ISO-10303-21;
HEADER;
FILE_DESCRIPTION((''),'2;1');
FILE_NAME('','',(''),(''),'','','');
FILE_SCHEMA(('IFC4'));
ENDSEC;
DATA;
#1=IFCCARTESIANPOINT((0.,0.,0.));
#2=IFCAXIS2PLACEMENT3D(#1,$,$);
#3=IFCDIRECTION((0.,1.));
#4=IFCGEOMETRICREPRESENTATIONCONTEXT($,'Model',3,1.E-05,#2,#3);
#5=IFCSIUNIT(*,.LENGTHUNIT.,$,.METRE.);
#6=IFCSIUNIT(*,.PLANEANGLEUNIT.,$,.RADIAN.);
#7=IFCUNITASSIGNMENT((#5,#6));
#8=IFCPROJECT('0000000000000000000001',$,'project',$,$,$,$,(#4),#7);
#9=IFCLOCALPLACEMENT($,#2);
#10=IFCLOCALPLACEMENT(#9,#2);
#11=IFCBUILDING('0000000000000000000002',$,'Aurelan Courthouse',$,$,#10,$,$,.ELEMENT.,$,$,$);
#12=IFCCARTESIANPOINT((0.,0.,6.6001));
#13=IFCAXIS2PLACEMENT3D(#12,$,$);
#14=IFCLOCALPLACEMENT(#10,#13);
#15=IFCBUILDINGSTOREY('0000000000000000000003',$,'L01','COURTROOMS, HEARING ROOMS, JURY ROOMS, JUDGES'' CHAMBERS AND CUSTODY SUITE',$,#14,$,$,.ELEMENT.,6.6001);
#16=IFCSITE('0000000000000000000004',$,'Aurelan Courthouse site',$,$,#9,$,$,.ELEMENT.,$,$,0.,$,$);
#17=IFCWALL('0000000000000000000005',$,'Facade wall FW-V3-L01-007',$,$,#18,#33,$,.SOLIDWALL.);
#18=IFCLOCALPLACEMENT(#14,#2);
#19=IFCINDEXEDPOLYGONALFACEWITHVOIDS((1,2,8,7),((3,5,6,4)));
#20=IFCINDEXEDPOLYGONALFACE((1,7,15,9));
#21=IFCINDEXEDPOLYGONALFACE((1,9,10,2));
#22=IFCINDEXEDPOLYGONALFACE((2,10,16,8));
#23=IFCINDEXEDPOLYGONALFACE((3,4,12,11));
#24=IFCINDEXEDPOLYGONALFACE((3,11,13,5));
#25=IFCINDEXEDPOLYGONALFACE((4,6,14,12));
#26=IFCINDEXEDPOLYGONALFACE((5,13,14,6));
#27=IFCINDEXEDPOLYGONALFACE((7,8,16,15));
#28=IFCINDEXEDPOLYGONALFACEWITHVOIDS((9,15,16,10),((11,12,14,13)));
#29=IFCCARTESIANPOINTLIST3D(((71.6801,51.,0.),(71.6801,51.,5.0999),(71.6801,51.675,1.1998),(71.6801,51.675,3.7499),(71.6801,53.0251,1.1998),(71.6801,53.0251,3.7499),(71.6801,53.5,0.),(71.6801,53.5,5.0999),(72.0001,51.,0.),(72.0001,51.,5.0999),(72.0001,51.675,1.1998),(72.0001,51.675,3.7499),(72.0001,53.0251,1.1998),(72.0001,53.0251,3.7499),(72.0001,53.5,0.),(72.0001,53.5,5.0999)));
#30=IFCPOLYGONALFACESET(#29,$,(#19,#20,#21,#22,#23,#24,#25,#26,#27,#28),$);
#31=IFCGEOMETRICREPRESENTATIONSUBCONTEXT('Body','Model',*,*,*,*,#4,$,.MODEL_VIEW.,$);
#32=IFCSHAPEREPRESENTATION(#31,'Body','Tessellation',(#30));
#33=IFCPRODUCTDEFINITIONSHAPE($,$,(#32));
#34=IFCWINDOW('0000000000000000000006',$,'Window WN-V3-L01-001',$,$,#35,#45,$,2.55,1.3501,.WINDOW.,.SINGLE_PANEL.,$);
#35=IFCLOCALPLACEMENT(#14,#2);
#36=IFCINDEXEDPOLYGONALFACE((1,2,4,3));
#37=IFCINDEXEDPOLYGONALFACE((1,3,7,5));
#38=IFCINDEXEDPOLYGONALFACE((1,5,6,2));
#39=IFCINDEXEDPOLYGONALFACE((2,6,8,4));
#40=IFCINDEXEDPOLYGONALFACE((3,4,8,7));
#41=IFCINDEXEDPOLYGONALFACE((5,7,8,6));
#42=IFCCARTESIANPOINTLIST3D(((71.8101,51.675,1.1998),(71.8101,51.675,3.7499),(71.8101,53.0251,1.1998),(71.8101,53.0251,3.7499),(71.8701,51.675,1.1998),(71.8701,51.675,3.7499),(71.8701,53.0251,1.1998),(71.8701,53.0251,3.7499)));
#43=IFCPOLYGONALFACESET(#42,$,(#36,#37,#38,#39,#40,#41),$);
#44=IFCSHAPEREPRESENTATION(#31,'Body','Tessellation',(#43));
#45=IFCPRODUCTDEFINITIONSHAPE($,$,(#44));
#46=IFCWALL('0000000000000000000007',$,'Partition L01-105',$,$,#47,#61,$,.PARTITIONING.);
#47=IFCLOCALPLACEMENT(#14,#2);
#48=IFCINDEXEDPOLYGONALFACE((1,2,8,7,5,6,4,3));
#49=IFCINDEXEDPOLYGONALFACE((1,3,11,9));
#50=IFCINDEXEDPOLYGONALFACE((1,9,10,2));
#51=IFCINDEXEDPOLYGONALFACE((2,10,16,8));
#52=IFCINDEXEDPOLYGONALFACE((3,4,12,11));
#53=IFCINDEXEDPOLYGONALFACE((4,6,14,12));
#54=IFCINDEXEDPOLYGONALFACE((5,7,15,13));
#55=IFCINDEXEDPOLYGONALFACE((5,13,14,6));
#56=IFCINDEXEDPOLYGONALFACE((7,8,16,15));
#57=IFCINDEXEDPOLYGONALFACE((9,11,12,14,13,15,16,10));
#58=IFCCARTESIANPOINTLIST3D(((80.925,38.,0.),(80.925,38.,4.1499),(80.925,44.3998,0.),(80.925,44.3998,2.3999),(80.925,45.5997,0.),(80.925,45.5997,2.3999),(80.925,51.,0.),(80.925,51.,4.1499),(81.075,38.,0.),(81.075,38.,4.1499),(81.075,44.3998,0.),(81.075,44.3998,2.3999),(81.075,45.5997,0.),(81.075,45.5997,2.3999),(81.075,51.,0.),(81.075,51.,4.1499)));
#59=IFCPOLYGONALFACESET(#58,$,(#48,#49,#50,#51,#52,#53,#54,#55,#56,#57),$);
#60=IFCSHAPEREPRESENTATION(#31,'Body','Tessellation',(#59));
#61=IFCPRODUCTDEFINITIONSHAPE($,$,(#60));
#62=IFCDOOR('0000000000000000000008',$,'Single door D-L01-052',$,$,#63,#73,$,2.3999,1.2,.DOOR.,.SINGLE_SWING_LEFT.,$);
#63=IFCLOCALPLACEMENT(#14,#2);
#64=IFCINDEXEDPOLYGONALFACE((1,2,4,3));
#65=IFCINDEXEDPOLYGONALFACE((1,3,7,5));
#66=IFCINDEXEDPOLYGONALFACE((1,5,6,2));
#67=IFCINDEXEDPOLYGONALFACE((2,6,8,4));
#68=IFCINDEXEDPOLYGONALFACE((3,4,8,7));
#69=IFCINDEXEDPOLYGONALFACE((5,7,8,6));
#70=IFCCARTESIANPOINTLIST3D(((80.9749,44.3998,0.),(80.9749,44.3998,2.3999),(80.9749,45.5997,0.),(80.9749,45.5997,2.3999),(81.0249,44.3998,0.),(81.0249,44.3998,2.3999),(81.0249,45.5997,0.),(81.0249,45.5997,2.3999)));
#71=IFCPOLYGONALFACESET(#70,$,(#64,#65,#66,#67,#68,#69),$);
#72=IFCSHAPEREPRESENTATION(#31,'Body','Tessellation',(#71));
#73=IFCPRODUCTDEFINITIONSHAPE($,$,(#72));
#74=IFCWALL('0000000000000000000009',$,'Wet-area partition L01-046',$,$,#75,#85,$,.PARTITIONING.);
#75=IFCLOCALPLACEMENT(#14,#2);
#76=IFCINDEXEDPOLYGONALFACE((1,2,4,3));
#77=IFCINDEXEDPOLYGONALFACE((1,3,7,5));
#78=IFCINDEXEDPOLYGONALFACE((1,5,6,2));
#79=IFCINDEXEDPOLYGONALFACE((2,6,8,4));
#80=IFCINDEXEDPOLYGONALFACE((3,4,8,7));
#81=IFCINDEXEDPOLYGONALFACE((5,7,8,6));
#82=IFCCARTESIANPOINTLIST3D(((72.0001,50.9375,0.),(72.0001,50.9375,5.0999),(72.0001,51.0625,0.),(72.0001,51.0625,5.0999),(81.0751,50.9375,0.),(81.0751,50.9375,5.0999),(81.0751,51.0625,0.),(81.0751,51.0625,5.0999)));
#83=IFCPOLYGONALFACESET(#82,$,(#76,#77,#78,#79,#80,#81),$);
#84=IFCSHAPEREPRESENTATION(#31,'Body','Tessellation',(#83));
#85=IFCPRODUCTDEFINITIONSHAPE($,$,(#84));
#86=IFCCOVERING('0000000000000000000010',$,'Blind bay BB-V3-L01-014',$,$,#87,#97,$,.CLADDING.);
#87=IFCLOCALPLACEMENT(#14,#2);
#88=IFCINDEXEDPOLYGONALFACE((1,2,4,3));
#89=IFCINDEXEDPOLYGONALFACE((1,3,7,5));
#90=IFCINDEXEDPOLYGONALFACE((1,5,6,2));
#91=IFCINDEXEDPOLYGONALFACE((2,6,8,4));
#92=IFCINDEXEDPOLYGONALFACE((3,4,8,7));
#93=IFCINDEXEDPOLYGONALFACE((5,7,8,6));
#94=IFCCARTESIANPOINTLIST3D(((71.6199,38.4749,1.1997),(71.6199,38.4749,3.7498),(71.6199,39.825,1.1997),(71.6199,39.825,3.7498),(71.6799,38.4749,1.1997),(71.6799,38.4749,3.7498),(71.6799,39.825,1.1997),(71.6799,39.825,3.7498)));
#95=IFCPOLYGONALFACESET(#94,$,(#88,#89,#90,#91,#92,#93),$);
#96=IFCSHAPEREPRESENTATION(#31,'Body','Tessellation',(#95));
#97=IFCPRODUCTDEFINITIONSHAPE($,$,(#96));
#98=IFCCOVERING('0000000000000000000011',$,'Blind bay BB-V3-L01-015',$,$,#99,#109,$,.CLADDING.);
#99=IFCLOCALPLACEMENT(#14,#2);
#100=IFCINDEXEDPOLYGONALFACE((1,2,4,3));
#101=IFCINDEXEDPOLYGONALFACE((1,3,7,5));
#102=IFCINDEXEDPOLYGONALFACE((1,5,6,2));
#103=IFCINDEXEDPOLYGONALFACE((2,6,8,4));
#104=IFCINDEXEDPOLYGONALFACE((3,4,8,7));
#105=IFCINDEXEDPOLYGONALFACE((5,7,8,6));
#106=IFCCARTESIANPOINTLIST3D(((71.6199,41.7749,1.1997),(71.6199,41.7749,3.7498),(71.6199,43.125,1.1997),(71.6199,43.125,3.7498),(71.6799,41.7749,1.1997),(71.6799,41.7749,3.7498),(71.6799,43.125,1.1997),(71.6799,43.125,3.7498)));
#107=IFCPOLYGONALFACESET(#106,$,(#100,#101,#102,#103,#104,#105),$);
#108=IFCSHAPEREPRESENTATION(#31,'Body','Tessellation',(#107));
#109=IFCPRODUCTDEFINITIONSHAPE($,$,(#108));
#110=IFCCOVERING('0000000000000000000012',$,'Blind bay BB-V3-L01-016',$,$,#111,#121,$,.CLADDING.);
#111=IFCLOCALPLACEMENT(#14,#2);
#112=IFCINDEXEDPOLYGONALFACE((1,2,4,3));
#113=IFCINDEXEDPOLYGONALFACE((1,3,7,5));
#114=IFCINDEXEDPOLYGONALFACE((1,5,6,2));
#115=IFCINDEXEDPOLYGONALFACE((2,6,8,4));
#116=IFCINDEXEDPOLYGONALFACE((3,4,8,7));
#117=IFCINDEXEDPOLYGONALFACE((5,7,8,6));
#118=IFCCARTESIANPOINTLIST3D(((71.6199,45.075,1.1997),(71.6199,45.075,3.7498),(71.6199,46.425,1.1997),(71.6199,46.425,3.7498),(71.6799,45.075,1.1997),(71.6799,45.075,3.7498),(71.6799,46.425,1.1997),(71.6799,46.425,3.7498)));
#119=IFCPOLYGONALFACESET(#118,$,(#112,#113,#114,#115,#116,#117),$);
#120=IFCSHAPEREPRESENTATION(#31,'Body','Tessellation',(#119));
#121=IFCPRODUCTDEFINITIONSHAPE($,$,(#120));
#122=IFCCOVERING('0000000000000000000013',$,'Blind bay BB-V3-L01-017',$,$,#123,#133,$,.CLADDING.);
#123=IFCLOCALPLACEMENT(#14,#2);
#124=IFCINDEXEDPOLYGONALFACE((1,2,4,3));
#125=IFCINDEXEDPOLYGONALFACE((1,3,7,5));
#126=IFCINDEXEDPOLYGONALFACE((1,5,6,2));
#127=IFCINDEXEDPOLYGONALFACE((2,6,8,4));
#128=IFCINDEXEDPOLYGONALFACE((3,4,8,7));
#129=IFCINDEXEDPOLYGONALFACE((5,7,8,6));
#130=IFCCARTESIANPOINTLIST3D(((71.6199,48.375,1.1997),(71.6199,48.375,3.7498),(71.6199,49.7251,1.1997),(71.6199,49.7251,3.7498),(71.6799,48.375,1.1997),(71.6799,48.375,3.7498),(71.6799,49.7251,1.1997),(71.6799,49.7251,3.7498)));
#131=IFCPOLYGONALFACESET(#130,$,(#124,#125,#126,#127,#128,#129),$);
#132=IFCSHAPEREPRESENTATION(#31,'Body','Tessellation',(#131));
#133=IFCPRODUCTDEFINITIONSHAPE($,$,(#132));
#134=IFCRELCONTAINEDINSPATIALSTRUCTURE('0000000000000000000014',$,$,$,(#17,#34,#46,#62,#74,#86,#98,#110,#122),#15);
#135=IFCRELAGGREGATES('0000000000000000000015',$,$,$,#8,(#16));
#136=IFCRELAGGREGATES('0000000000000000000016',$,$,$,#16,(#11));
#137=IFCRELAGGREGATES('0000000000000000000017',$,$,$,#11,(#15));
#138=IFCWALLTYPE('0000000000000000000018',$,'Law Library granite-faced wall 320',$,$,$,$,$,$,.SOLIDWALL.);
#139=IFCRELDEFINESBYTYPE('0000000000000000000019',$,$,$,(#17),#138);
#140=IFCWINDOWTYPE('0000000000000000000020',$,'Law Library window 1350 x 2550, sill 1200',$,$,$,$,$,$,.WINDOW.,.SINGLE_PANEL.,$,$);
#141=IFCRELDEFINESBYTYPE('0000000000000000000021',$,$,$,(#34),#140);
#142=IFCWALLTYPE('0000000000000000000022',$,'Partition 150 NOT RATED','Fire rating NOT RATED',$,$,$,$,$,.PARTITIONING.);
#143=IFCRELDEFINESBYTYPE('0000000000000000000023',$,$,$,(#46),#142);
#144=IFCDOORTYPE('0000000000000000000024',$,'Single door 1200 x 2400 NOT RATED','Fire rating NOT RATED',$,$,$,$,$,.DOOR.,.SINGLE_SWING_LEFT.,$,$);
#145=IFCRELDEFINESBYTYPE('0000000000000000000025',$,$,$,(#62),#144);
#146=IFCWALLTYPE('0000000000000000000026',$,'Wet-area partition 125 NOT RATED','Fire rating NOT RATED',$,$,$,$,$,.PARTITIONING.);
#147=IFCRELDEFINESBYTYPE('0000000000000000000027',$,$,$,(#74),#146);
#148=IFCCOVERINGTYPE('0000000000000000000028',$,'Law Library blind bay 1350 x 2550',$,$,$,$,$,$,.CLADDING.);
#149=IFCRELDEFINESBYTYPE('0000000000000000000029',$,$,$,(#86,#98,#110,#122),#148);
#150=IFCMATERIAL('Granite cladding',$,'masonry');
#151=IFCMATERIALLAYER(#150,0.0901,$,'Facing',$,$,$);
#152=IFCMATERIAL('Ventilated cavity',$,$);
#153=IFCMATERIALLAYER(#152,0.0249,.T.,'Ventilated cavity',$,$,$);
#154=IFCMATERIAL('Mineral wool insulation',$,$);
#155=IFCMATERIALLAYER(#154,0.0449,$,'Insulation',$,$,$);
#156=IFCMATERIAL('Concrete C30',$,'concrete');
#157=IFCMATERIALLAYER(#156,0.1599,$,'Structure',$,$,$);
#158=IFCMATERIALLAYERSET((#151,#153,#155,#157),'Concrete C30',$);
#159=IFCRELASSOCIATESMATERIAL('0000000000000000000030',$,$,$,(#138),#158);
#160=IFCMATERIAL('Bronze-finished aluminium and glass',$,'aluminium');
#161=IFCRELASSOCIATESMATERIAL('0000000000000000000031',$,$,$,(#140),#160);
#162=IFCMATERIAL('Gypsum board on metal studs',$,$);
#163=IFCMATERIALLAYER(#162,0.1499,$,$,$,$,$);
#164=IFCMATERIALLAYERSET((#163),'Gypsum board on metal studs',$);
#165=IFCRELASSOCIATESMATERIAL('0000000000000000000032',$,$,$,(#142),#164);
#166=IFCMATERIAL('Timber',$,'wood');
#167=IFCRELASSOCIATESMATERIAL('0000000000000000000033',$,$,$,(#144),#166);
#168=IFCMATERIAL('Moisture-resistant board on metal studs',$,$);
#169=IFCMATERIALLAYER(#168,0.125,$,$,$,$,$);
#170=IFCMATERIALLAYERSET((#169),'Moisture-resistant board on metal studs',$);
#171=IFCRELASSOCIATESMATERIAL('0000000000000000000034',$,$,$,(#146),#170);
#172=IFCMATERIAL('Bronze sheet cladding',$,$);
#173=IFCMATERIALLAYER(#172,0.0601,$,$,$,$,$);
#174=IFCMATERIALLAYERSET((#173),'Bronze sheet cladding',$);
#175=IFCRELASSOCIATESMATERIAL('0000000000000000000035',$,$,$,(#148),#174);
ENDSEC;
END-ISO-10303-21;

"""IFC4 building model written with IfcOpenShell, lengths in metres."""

from ifc_helpers import new_model, si_unit, direction, frame, frame_2d, origin, origin_2d, place, context, subcontext, project, spatial, rectangle, extrude, material, layer, layer_set, type_object, element, fill, save


model = new_model("IFC4")

# Units and contexts
model_context = context("Model", 3, precision=1e-05, world=origin(), true_north=direction((0.0, 1.0)))
body_context = subcontext(model_context, "Body", "Model", "MODEL_VIEW")
ifc_project = project(units=[si_unit("LENGTHUNIT", "METRE"), si_unit("PLANEANGLEUNIT", "RADIAN")], contexts=[model_context])

# Site, building, storey
site_placement = place(None, origin())
site = spatial("IfcSite", under=ifc_project, at=site_placement, Name="Aurelan Courthouse site", CompositionType="ELEMENT", RefElevation=0.0)
building_placement = place(site_placement, origin())
building = spatial("IfcBuilding", under=site, at=building_placement, Name="Aurelan Courthouse", CompositionType="ELEMENT")
storey_placement = place(building_placement, frame((0.0, 0.0, 6.6001)))
storey = spatial("IfcBuildingStorey", under=building, at=storey_placement, Name="L01", Description="COURTROOMS, HEARING ROOMS, JURY ROOMS, JUDGES' CHAMBERS AND CUSTODY SUITE", CompositionType="ELEMENT", Elevation=6.6001)

# Shared definitions
ifc_material_1 = material(Name="Bronze-finished aluminium and glass", Category="aluminium")

# Shared definitions
ifc_material_2 = material(Name="Granite cladding", Category="masonry")
ifc_layer_1 = layer(ifc_material_2, 0.0901, Name="Facing")
ifc_material_3 = material(Name="Ventilated cavity")
ifc_layer_2 = layer(ifc_material_3, 0.0249, ventilated=True, Name="Ventilated cavity")
ifc_material_4 = material(Name="Mineral wool insulation")
ifc_layer_3 = layer(ifc_material_4, 0.0449, Name="Insulation")
ifc_material_5 = material(Name="Concrete C30", Category="concrete")
ifc_layer_4 = layer(ifc_material_5, 0.1599, Name="Structure")
ifc_layer_set_1 = layer_set([ifc_layer_1, ifc_layer_2, ifc_layer_3, ifc_layer_4], Name="Concrete C30")
wall_type_1 = type_object("IfcWallType", Name="Law Library granite-faced wall 320", PredefinedType="SOLIDWALL", material=ifc_layer_set_1)

# Wall, opening, window
wall_1_placement = place(storey_placement, frame((71.8401, 51.0, 0.0), z_axis=(0.0, 0.0, 1.0), x_axis=(0.0, 1.0, 0.0)))
wall_1 = element("IfcWall", 1, at=wall_1_placement, inside=storey, type_object=wall_type_1, Name="Facade wall FW-V3-L01-007", PredefinedType="SOLIDWALL", context=body_context, shape_type="SweptSolid", body=[
    extrude(rectangle(XDim=2.5, YDim=0.3201, at=frame_2d((1.25, 0.0))), origin(), (0.0, 0.0, 1.0), 5.0999),
])
opening_1_placement = place(wall_1_placement, frame((0.675, 0.0, 1.2)))
opening_1 = element("IfcOpeningElement", 2, at=opening_1_placement, cuts=wall_1, PredefinedType="OPENING", context=body_context, shape_type="SweptSolid", body=[
    extrude(rectangle(XDim=1.3501, YDim=2.55, at=frame_2d((0.675, 1.2749))), frame((0.0, 0.1699, 0.0), z_axis=(0.0, -1.0, 0.0), x_axis=(1.0, 0.0, 0.0)), (0.0, 0.0, 1.0), 0.3401),
])
window_type = type_object("IfcWindowType", Name="Law Library window 1350 x 2550, sill 1200", PartitioningType="SINGLE_PANEL", PredefinedType="WINDOW", material=ifc_material_1)
window_placement = place(opening_1_placement, origin())
window = element("IfcWindow", 3, at=window_placement, inside=storey, type_object=window_type, Name="Window WN-V3-L01-001", OverallHeight=2.55, OverallWidth=1.3501, PartitioningType="SINGLE_PANEL", PredefinedType="WINDOW", context=body_context, shape_type="SweptSolid", body=[
    extrude(rectangle(XDim=1.3501, YDim=2.55, at=frame_2d((0.675, 1.2749))), frame((0.0, 0.03, 0.0), z_axis=(0.0, -1.0, 0.0), x_axis=(1.0, 0.0, 0.0)), (0.0, 0.0, 1.0), 0.0601),
])
fill(opening_1, window)

# Wall, opening, door
ifc_material_6 = material(Name="Gypsum board on metal studs")
ifc_layer_5 = layer(ifc_material_6, 0.1499)
ifc_layer_set_2 = layer_set([ifc_layer_5], Name="Gypsum board on metal studs")
wall_type_2 = type_object("IfcWallType", Name="Partition 150 NOT RATED", Description="Fire rating NOT RATED", PredefinedType="PARTITIONING", material=ifc_layer_set_2)
wall_2_placement = place(storey_placement, frame((81.0, 38.0, 0.0), z_axis=(0.0, 0.0, 1.0), x_axis=(0.0, 1.0, 0.0)))
wall_2 = element("IfcWall", 4, at=wall_2_placement, inside=storey, type_object=wall_type_2, Name="Partition L01-105", PredefinedType="PARTITIONING", context=body_context, shape_type="SweptSolid", body=[
    extrude(rectangle(XDim=13.0, YDim=0.1499, at=frame_2d((6.5, 0.0))), origin(), (0.0, 0.0, 1.0), 4.1499),
])
opening_2_placement = place(wall_2_placement, frame((7.5999, 0.0, 0.0), z_axis=(0.0, 0.0, 1.0), x_axis=(-1.0, 0.0, 0.0)))
opening_2 = element("IfcOpeningElement", 5, at=opening_2_placement, cuts=wall_2, PredefinedType="OPENING", context=body_context, shape_type="SweptSolid", body=[
    extrude(rectangle(XDim=1.2, YDim=2.3999, at=frame_2d((0.6001, 1.2))), frame((0.0, 0.085, 0.0), z_axis=(0.0, -1.0, 0.0), x_axis=(1.0, 0.0, 0.0)), (0.0, 0.0, 1.0), 0.1699),
])
ifc_material_7 = material(Name="Timber", Category="wood")
door_type = type_object("IfcDoorType", Name="Single door 1200 x 2400 NOT RATED", Description="Fire rating NOT RATED", OperationType="SINGLE_SWING_LEFT", PredefinedType="DOOR", material=ifc_material_7)
door_placement = place(opening_2_placement, origin())
door = element("IfcDoor", 6, at=door_placement, inside=storey, type_object=door_type, Name="Single door D-L01-052", OperationType="SINGLE_SWING_LEFT", OverallHeight=2.3999, OverallWidth=1.2, PredefinedType="DOOR", context=body_context, shape_type="SweptSolid", body=[
    extrude(rectangle(XDim=1.2, YDim=2.3999, at=frame_2d((0.6001, 1.2))), frame((0.0, 0.0249, 0.0), z_axis=(0.0, -1.0, 0.0), x_axis=(1.0, 0.0, 0.0)), (0.0, 0.0, 1.0), 0.05),
])
fill(opening_2, door)

# Wall
ifc_material_8 = material(Name="Moisture-resistant board on metal studs")
ifc_layer_6 = layer(ifc_material_8, 0.125)
ifc_layer_set_3 = layer_set([ifc_layer_6], Name="Moisture-resistant board on metal studs")
wall_type_3 = type_object("IfcWallType", Name="Wet-area partition 125 NOT RATED", Description="Fire rating NOT RATED", PredefinedType="PARTITIONING", material=ifc_layer_set_3)
wall_3_placement = place(storey_placement, frame((72.0, 51.0, 0.0), z_axis=(0.0, 0.0, 1.0), x_axis=(1.0, 0.0, 0.0)))
element("IfcWall", 7, at=wall_3_placement, inside=storey, type_object=wall_type_3, Name="Wet-area partition L01-046", PredefinedType="PARTITIONING", context=body_context, shape_type="SweptSolid", body=[
    extrude(rectangle(XDim=9.075, YDim=0.125, at=frame_2d((4.5376, 0.0))), origin(), (0.0, 0.0, 1.0), 5.0999),
])

# Coverings
ifc_material_9 = material(Name="Bronze sheet cladding")
ifc_layer_7 = layer(ifc_material_9, 0.0601)
ifc_layer_set_4 = layer_set([ifc_layer_7], Name="Bronze sheet cladding")
covering_type = type_object("IfcCoveringType", Name="Law Library blind bay 1350 x 2550", PredefinedType="CLADDING", material=ifc_layer_set_4)
for number, where, z_axis, x_axis, name in (
    (8, (71.6499, 39.1499, 1.1997), (0.0, 0.0, 1.0), (1.0, 0.0, 0.0), "Blind bay BB-V3-L01-014"),
    (9, (71.6499, 42.45, 1.1997), (0.0, 0.0, 1.0), (1.0, 0.0, 0.0), "Blind bay BB-V3-L01-015"),
    (10, (71.6499, 45.75, 1.1997), (0.0, 0.0, 1.0), (1.0, 0.0, 0.0), "Blind bay BB-V3-L01-016"),
    (11, (71.6499, 49.05, 1.1997), (0.0, 0.0, 1.0), (1.0, 0.0, 0.0), "Blind bay BB-V3-L01-017"),
):
    element("IfcCovering", number, at=place(storey_placement, frame(where, z_axis=z_axis, x_axis=x_axis)), inside=storey, type_object=covering_type, Name=name, PredefinedType="CLADDING", context=body_context, shape_type="SweptSolid", body=[
        extrude(rectangle(XDim=0.0601, YDim=1.3501, at=origin_2d()), origin(), (0.0, 0.0, 1.0), 2.55),
    ])

save(model, "model.ifc")
